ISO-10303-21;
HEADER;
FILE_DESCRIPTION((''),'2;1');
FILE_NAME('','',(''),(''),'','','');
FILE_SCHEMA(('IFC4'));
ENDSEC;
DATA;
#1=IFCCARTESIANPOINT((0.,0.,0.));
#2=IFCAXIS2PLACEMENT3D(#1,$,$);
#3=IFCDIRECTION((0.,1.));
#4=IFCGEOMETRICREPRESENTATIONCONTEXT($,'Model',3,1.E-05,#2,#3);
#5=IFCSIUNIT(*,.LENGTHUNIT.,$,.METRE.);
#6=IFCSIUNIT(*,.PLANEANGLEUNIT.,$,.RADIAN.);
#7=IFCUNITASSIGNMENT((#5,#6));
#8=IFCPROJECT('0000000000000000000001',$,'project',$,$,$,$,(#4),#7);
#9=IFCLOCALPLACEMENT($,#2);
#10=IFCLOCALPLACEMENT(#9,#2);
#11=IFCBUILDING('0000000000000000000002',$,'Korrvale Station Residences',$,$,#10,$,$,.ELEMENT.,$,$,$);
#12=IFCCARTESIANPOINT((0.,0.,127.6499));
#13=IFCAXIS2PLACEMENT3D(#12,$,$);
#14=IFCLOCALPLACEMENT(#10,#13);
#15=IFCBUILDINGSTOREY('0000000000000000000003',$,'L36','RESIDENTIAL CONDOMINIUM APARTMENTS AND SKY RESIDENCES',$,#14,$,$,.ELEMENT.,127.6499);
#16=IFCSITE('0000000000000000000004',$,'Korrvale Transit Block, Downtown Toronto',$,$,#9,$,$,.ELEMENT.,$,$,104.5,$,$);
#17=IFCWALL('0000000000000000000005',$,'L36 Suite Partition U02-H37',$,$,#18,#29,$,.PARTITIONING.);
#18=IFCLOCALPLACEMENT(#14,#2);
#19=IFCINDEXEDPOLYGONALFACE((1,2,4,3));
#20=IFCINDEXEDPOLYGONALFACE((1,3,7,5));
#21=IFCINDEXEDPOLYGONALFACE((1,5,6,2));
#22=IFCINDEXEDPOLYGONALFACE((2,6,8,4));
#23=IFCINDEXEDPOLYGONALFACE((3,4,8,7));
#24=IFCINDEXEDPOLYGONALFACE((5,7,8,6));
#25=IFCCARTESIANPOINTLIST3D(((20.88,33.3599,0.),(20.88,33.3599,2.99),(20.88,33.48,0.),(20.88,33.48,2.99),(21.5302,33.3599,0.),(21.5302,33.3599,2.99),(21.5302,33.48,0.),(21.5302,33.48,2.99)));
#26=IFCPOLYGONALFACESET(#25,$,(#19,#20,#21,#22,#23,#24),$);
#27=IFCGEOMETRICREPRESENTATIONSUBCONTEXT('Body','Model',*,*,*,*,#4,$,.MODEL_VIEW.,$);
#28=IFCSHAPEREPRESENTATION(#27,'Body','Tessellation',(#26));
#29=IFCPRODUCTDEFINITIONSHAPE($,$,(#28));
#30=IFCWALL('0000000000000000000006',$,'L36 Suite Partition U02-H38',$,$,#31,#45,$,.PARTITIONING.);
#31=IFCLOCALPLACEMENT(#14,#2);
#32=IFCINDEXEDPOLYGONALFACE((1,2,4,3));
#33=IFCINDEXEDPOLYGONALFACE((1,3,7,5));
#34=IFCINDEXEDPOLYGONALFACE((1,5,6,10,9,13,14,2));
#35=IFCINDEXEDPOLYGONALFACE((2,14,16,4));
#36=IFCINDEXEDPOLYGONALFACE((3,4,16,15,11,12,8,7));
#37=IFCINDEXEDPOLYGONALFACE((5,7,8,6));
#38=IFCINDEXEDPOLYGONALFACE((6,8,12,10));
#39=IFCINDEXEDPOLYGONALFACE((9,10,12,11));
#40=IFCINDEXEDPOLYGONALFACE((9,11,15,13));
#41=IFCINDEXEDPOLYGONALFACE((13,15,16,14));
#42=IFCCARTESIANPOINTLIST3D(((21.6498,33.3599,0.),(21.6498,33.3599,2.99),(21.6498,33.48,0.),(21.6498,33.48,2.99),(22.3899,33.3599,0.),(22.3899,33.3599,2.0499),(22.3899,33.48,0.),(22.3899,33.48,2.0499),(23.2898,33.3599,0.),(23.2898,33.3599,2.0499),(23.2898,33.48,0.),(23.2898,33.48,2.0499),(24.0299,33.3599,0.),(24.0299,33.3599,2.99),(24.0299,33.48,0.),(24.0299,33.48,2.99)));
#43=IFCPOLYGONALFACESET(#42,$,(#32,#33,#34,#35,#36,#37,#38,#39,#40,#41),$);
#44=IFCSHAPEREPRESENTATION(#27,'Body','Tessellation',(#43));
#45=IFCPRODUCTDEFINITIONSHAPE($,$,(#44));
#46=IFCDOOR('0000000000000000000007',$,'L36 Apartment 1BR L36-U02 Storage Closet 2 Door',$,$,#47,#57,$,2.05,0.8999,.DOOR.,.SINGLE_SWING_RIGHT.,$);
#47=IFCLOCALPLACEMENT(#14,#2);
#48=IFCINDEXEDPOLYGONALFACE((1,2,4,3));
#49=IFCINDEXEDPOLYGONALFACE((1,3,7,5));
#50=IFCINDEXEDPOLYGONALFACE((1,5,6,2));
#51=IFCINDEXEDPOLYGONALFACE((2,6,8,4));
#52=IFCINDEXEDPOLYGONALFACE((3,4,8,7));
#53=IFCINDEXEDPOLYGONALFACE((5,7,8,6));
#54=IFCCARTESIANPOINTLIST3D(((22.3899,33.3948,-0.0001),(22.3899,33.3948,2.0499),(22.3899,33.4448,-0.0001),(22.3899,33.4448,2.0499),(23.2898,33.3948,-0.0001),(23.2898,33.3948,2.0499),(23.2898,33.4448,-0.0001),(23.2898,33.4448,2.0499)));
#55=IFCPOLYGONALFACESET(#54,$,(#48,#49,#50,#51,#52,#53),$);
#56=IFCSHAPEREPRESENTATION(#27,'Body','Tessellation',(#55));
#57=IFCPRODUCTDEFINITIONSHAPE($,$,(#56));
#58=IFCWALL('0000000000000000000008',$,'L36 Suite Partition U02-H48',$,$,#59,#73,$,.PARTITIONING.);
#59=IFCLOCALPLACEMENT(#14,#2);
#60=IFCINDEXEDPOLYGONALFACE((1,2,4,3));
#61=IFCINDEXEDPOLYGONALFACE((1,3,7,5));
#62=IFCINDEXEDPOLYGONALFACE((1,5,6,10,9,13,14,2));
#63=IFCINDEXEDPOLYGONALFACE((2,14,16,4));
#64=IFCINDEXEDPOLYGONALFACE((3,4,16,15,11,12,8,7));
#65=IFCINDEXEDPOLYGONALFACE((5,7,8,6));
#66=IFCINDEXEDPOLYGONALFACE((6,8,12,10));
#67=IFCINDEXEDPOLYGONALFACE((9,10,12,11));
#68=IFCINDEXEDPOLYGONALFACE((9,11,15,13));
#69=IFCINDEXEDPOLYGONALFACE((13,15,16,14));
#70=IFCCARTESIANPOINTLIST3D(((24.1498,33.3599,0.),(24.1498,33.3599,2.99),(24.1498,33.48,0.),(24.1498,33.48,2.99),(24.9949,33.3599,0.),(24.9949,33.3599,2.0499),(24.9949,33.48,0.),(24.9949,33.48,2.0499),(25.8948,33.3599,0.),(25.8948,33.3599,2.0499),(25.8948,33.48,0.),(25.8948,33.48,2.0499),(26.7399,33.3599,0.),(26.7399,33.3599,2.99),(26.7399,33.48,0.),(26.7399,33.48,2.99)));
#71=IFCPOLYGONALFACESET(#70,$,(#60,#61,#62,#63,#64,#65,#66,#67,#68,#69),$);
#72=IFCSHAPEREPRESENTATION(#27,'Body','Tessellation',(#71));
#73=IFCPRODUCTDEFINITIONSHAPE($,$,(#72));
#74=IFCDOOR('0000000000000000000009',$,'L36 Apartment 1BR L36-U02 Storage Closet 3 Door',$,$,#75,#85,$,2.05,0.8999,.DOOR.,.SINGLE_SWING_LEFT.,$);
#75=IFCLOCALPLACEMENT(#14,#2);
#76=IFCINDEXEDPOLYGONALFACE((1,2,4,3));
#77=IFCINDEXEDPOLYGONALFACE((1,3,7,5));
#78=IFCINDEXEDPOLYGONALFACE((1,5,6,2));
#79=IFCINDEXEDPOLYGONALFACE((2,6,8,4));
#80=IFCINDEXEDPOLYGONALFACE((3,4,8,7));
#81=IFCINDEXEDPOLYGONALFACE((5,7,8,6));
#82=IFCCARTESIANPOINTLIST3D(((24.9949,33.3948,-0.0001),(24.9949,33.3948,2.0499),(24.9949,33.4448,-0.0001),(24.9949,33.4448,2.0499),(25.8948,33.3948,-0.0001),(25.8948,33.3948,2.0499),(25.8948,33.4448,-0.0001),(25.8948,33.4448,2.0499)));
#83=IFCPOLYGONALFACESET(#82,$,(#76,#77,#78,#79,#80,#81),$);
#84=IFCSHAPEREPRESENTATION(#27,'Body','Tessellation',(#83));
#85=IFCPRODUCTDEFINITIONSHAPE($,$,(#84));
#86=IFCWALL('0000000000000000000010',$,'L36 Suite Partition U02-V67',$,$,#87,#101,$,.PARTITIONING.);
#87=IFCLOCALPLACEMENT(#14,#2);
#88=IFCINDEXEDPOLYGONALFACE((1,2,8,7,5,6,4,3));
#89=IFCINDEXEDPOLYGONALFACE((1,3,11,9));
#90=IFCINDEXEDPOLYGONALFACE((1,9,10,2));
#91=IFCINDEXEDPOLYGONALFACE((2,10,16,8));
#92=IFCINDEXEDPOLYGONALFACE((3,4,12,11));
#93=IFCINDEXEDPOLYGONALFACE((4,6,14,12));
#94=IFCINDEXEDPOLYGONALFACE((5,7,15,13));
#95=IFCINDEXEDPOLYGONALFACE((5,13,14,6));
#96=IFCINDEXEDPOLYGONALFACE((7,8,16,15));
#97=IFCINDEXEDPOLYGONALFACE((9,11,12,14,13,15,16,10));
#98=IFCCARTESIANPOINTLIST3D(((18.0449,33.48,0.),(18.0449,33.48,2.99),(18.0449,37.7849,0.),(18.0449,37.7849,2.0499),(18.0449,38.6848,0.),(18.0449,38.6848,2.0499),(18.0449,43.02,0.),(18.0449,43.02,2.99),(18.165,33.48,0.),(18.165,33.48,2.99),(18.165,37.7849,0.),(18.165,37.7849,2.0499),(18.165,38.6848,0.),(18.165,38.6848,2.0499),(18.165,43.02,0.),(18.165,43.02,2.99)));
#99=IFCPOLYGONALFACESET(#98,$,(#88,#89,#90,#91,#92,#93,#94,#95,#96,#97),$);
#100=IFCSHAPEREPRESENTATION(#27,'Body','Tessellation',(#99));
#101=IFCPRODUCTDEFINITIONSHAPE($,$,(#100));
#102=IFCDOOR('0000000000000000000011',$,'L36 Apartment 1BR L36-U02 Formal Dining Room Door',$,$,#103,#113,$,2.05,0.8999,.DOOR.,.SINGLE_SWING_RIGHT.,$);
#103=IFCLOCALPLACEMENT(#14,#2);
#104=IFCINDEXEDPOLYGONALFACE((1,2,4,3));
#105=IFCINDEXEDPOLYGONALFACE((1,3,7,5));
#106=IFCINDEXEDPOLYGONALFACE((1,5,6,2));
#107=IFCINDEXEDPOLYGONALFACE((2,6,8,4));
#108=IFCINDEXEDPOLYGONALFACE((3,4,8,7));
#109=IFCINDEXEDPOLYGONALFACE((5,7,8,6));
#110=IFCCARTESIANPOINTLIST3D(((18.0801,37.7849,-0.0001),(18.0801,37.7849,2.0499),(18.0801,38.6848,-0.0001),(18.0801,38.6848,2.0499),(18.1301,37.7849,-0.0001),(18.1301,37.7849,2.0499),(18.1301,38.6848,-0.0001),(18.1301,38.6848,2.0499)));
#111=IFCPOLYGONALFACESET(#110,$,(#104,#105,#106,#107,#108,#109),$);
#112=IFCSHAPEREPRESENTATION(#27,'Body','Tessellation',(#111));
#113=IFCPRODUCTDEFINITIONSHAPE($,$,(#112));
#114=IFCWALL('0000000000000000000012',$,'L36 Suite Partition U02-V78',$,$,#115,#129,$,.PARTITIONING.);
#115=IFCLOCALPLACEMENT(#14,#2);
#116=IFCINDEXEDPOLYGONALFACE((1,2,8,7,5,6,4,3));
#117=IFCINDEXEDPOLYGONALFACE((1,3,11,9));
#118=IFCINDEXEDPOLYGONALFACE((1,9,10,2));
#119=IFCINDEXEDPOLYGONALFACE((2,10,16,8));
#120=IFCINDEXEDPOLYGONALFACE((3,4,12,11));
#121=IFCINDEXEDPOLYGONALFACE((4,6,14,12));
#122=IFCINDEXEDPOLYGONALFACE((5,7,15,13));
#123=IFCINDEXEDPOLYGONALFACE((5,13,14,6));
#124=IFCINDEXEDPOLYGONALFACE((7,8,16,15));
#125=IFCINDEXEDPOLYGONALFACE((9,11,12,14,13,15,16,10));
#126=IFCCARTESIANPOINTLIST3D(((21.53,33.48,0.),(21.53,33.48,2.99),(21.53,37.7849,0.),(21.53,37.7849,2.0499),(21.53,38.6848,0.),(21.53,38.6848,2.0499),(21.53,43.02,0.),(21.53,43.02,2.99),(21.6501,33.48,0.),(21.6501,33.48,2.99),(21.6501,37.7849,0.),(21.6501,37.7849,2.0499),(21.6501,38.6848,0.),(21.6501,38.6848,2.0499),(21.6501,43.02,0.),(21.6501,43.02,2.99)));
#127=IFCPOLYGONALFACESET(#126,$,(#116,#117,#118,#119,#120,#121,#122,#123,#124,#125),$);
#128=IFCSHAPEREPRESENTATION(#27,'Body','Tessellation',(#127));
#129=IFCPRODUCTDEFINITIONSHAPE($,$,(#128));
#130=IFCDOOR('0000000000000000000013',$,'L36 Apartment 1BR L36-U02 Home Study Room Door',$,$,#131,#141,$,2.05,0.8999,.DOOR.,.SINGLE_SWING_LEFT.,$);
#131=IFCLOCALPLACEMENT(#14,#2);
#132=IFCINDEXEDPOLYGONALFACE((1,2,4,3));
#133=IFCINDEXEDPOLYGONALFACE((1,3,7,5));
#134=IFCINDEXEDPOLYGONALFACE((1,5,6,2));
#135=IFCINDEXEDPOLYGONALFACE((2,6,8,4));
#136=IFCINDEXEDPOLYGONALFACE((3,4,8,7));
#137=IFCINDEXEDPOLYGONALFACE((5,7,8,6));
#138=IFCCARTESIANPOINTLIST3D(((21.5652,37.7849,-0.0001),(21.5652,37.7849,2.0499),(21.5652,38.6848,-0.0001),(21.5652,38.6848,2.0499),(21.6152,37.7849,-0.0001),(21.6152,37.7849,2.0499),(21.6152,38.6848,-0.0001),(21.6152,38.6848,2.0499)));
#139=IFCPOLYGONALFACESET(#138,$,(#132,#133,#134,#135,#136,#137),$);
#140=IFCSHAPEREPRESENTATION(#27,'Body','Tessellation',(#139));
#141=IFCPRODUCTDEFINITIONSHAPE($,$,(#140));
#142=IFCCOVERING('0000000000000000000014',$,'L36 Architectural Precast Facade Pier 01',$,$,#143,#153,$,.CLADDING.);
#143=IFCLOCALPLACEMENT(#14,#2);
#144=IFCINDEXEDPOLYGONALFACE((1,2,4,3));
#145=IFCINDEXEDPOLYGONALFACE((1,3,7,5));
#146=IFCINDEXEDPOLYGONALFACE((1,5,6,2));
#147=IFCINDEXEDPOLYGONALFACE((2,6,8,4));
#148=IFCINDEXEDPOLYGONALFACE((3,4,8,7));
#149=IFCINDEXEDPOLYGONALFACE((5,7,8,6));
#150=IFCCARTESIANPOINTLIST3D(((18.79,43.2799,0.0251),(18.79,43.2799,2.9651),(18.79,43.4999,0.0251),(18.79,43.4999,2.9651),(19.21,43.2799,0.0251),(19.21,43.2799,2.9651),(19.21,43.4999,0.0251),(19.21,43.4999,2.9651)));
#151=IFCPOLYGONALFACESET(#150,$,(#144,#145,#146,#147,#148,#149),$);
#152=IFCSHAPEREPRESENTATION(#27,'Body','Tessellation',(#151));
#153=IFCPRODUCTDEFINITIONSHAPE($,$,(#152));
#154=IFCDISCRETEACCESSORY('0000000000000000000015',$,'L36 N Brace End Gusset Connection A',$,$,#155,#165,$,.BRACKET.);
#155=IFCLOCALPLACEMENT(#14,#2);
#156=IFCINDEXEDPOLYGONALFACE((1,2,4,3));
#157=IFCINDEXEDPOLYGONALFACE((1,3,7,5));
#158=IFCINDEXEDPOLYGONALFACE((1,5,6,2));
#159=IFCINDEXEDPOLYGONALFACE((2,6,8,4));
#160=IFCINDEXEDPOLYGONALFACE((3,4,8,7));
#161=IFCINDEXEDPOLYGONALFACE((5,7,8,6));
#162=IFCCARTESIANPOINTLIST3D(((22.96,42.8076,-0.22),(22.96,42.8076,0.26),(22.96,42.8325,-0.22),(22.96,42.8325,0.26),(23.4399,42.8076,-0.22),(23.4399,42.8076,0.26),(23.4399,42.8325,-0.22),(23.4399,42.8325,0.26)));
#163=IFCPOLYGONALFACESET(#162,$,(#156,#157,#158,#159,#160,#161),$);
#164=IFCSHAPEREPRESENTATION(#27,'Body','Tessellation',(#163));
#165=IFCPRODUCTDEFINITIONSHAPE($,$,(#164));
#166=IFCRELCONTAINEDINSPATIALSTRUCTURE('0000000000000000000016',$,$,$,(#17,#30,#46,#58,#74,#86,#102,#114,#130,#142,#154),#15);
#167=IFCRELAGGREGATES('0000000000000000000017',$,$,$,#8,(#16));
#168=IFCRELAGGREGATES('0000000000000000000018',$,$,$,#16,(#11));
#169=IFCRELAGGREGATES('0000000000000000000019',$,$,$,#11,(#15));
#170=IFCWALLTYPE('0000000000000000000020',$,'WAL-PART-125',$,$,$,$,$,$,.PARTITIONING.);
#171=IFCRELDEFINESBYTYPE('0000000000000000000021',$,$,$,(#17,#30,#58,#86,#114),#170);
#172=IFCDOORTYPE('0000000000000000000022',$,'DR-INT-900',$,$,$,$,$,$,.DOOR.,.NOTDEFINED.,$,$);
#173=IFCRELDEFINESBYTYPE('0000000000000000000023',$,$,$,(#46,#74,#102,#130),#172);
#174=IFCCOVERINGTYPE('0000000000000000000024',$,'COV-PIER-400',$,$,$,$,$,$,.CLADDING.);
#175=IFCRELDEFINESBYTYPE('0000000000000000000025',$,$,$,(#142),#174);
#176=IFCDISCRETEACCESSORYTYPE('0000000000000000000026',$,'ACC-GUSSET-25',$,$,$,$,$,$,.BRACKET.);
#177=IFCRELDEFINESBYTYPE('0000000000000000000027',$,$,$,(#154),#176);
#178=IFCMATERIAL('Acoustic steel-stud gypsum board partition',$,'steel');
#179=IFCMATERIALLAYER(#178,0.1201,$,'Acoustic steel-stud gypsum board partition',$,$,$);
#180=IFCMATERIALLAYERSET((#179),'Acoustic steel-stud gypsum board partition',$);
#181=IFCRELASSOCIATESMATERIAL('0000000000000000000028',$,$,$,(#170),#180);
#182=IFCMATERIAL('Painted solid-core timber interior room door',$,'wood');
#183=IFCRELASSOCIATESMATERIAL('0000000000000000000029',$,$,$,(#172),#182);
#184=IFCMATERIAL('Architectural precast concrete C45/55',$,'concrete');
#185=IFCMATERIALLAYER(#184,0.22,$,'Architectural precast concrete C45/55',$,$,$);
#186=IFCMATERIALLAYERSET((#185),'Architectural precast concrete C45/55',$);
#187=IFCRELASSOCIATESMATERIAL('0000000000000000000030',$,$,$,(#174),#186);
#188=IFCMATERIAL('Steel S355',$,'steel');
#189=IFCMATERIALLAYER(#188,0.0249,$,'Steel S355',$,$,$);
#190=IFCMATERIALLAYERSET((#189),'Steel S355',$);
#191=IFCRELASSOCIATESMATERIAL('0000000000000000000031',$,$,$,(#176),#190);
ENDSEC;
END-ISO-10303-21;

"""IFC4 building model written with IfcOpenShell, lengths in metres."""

from ifc_helpers import new_model, si_unit, direction, frame, frame_2d, origin, origin_2d, place, context, subcontext, project, spatial, rectangle, extrude, material, layer, layer_set, type_object, element, fill, save


model = new_model("IFC4")

# Units and contexts
model_context = context("Model", 3, precision=1e-05, world=origin(), true_north=direction((0.0, 1.0)))
body_context = subcontext(model_context, "Body", "Model", "MODEL_VIEW")
ifc_project = project(units=[si_unit("LENGTHUNIT", "METRE"), si_unit("PLANEANGLEUNIT", "RADIAN")], contexts=[model_context])

# Site, building, storey
site_placement = place(None, origin())
site = spatial("IfcSite", under=ifc_project, at=site_placement, Name="Korrvale Transit Block, Downtown Toronto", CompositionType="ELEMENT", RefElevation=104.5)
building_placement = place(site_placement, origin())
building = spatial("IfcBuilding", under=site, at=building_placement, Name="Korrvale Station Residences", CompositionType="ELEMENT")
storey_placement = place(building_placement, frame((0.0, 0.0, 127.6499)))
storey = spatial("IfcBuildingStorey", under=building, at=storey_placement, Name="L36", Description="RESIDENTIAL CONDOMINIUM APARTMENTS AND SKY RESIDENCES", CompositionType="ELEMENT", Elevation=127.6499)

# Shared definitions
ifc_material_1 = material(Name="Steel S355", Category="steel")

# Shared definitions
ifc_material_2 = material(Name="Acoustic steel-stud gypsum board partition", Category="steel")
ifc_layer_1 = layer(ifc_material_2, 0.1201, Name="Acoustic steel-stud gypsum board partition")
ifc_layer_set_1 = layer_set([ifc_layer_1], Name="Acoustic steel-stud gypsum board partition")
wall_type = type_object("IfcWallType", Name="WAL-PART-125", PredefinedType="PARTITIONING", material=ifc_layer_set_1)
ifc_material_3 = material(Name="Painted solid-core timber interior room door", Category="wood")
door_type = type_object("IfcDoorType", Name="DR-INT-900", OperationType="NOTDEFINED", PredefinedType="DOOR", material=ifc_material_3)

# Wall
wall_1_placement = place(storey_placement, frame((20.8799, 33.4199, 0.0), z_axis=(0.0, 0.0, 1.0), x_axis=(1.0, 0.0, 0.0)))
element("IfcWall", 1, at=wall_1_placement, inside=storey, type_object=wall_type, Name="L36 Suite Partition U02-H37", PredefinedType="PARTITIONING", context=body_context, shape_type="SweptSolid", body=[
    extrude(rectangle(XDim=0.6501, YDim=0.1201, at=frame_2d((0.3252, 0.0))), origin(), (0.0, 0.0, 1.0), 2.99),
])

# Walls, openings, doors
wall_2_placement = place(storey_placement, frame((21.6499, 33.4199, 0.0), z_axis=(0.0, 0.0, 1.0), x_axis=(1.0, 0.0, 0.0)))
wall_2 = element("IfcWall", 2, at=wall_2_placement, inside=storey, type_object=wall_type, Name="L36 Suite Partition U02-H38", PredefinedType="PARTITIONING", context=body_context, shape_type="SweptSolid", body=[
    extrude(rectangle(XDim=2.3801, YDim=0.1201, at=frame_2d((1.1899, 0.0))), origin(), (0.0, 0.0, 1.0), 2.99),
])
opening_1_placement = place(wall_2_placement, frame((0.74, 0.0, 0.0)))
opening_1 = element("IfcOpeningElement", 3, at=opening_1_placement, cuts=wall_2, PredefinedType="OPENING", context=body_context, shape_type="SweptSolid", body=[
    extrude(rectangle(XDim=0.8999, YDim=2.05, at=frame_2d((0.45, 1.0249))), frame((0.0, 0.0701, 0.0), z_axis=(0.0, -1.0, 0.0), x_axis=(1.0, 0.0, 0.0)), (0.0, 0.0, 1.0), 0.1401),
])
door_1_placement = place(opening_1_placement, origin())
door_1 = element("IfcDoor", 4, at=door_1_placement, inside=storey, type_object=door_type, Name="L36 Apartment 1BR L36-U02 Storage Closet 2 Door", OperationType="SINGLE_SWING_RIGHT", OverallHeight=2.05, OverallWidth=0.8999, PredefinedType="DOOR", context=body_context, shape_type="SweptSolid", body=[
    extrude(rectangle(XDim=0.8999, YDim=2.05, at=frame_2d((0.45, 1.0249))), frame((0.0, 0.0249, 0.0), z_axis=(0.0, -1.0, 0.0), x_axis=(1.0, 0.0, 0.0)), (0.0, 0.0, 1.0), 0.05),
])
fill(opening_1, door_1)
wall_3_placement = place(storey_placement, frame((24.1499, 33.4199, 0.0), z_axis=(0.0, 0.0, 1.0), x_axis=(1.0, 0.0, 0.0)))
wall_3 = element("IfcWall", 5, at=wall_3_placement, inside=storey, type_object=wall_type, Name="L36 Suite Partition U02-H48", PredefinedType="PARTITIONING", context=body_context, shape_type="SweptSolid", body=[
    extrude(rectangle(XDim=2.5901, YDim=0.1201, at=frame_2d((1.2949, 0.0))), origin(), (0.0, 0.0, 1.0), 2.99),
])
opening_2_placement = place(wall_3_placement, frame((0.845, 0.0, 0.0)))
opening_2 = element("IfcOpeningElement", 6, at=opening_2_placement, cuts=wall_3, PredefinedType="OPENING", context=body_context, shape_type="SweptSolid", body=[
    extrude(rectangle(XDim=0.8999, YDim=2.05, at=frame_2d((0.45, 1.0249))), frame((0.0, 0.0701, 0.0), z_axis=(0.0, -1.0, 0.0), x_axis=(1.0, 0.0, 0.0)), (0.0, 0.0, 1.0), 0.1401),
])
door_2_placement = place(opening_2_placement, origin())
door_2 = element("IfcDoor", 7, at=door_2_placement, inside=storey, type_object=door_type, Name="L36 Apartment 1BR L36-U02 Storage Closet 3 Door", OperationType="SINGLE_SWING_LEFT", OverallHeight=2.05, OverallWidth=0.8999, PredefinedType="DOOR", context=body_context, shape_type="SweptSolid", body=[
    extrude(rectangle(XDim=0.8999, YDim=2.05, at=frame_2d((0.45, 1.0249))), frame((0.0, 0.0249, 0.0), z_axis=(0.0, -1.0, 0.0), x_axis=(1.0, 0.0, 0.0)), (0.0, 0.0, 1.0), 0.05),
])
fill(opening_2, door_2)
wall_4_placement = place(storey_placement, frame((18.105, 33.48, 0.0), z_axis=(0.0, 0.0, 1.0), x_axis=(0.0, 1.0, 0.0)))
wall_4 = element("IfcWall", 8, at=wall_4_placement, inside=storey, type_object=wall_type, Name="L36 Suite Partition U02-V67", PredefinedType="PARTITIONING", context=body_context, shape_type="SweptSolid", body=[
    extrude(rectangle(XDim=9.54, YDim=0.1201, at=frame_2d((4.77, 0.0))), origin(), (0.0, 0.0, 1.0), 2.99),
])
opening_3_placement = place(wall_4_placement, frame((4.3049, 0.0, 0.0)))
opening_3 = element("IfcOpeningElement", 9, at=opening_3_placement, cuts=wall_4, PredefinedType="OPENING", context=body_context, shape_type="SweptSolid", body=[
    extrude(rectangle(XDim=0.8999, YDim=2.05, at=frame_2d((0.45, 1.0249))), frame((0.0, 0.0701, 0.0), z_axis=(0.0, -1.0, 0.0), x_axis=(1.0, 0.0, 0.0)), (0.0, 0.0, 1.0), 0.1401),
])
door_3_placement = place(opening_3_placement, origin())
door_3 = element("IfcDoor", 10, at=door_3_placement, inside=storey, type_object=door_type, Name="L36 Apartment 1BR L36-U02 Formal Dining Room Door", OperationType="SINGLE_SWING_RIGHT", OverallHeight=2.05, OverallWidth=0.8999, PredefinedType="DOOR", context=body_context, shape_type="SweptSolid", body=[
    extrude(rectangle(XDim=0.8999, YDim=2.05, at=frame_2d((0.45, 1.0249))), frame((0.0, 0.0249, 0.0), z_axis=(0.0, -1.0, 0.0), x_axis=(1.0, 0.0, 0.0)), (0.0, 0.0, 1.0), 0.05),
])
fill(opening_3, door_3)
wall_5_placement = place(storey_placement, frame((21.5901, 33.48, 0.0), z_axis=(0.0, 0.0, 1.0), x_axis=(0.0, 1.0, 0.0)))
wall_5 = element("IfcWall", 11, at=wall_5_placement, inside=storey, type_object=wall_type, Name="L36 Suite Partition U02-V78", PredefinedType="PARTITIONING", context=body_context, shape_type="SweptSolid", body=[
    extrude(rectangle(XDim=9.54, YDim=0.1201, at=frame_2d((4.77, 0.0))), origin(), (0.0, 0.0, 1.0), 2.99),
])
opening_4_placement = place(wall_5_placement, frame((4.3049, 0.0, 0.0)))
opening_4 = element("IfcOpeningElement", 12, at=opening_4_placement, cuts=wall_5, PredefinedType="OPENING", context=body_context, shape_type="SweptSolid", body=[
    extrude(rectangle(XDim=0.8999, YDim=2.05, at=frame_2d((0.45, 1.0249))), frame((0.0, 0.0701, 0.0), z_axis=(0.0, -1.0, 0.0), x_axis=(1.0, 0.0, 0.0)), (0.0, 0.0, 1.0), 0.1401),
])
door_4_placement = place(opening_4_placement, origin())
door_4 = element("IfcDoor", 13, at=door_4_placement, inside=storey, type_object=door_type, Name="L36 Apartment 1BR L36-U02 Home Study Room Door", OperationType="SINGLE_SWING_LEFT", OverallHeight=2.05, OverallWidth=0.8999, PredefinedType="DOOR", context=body_context, shape_type="SweptSolid", body=[
    extrude(rectangle(XDim=0.8999, YDim=2.05, at=frame_2d((0.45, 1.0249))), frame((0.0, 0.0249, 0.0), z_axis=(0.0, -1.0, 0.0), x_axis=(1.0, 0.0, 0.0)), (0.0, 0.0, 1.0), 0.05),
])
fill(opening_4, door_4)

# Covering
ifc_material_4 = material(Name="Architectural precast concrete C45/55", Category="concrete")
ifc_layer_2 = layer(ifc_material_4, 0.22, Name="Architectural precast concrete C45/55")
ifc_layer_set_2 = layer_set([ifc_layer_2], Name="Architectural precast concrete C45/55")
covering_type = type_object("IfcCoveringType", Name="COV-PIER-400", PredefinedType="CLADDING", material=ifc_layer_set_2)
covering_placement = place(storey_placement, frame((19.0, 43.3899, 0.0251), z_axis=(0.0, 0.0, 1.0), x_axis=(1.0, 0.0, 0.0)))
element("IfcCovering", 14, at=covering_placement, inside=storey, type_object=covering_type, Name="L36 Architectural Precast Facade Pier 01", PredefinedType="CLADDING", context=body_context, shape_type="SweptSolid", body=[
    extrude(rectangle(XDim=0.4199, YDim=0.22, at=origin_2d()), origin(), (0.0, 0.0, 1.0), 2.9399),
])

# Discrete accessory
ifc_layer_3 = layer(ifc_material_1, 0.0249, Name="Steel S355")
ifc_layer_set_3 = layer_set([ifc_layer_3], Name="Steel S355")
discrete_accessory_type = type_object("IfcDiscreteAccessoryType", Name="ACC-GUSSET-25", PredefinedType="BRACKET", material=ifc_layer_set_3)
discrete_accessory_placement = place(storey_placement, frame((23.2, 42.8201, -0.22), z_axis=(0.0, 0.0, 1.0), x_axis=(1.0, 0.0, 0.0)))
element("IfcDiscreteAccessory", 15, at=discrete_accessory_placement, inside=storey, type_object=discrete_accessory_type, Name="L36 N Brace End Gusset Connection A", PredefinedType="BRACKET", context=body_context, shape_type="SweptSolid", body=[
    extrude(rectangle(XDim=0.48, YDim=0.0249, at=origin_2d()), origin(), (0.0, 0.0, 1.0), 0.48),
])

save(model, "model.ifc")
